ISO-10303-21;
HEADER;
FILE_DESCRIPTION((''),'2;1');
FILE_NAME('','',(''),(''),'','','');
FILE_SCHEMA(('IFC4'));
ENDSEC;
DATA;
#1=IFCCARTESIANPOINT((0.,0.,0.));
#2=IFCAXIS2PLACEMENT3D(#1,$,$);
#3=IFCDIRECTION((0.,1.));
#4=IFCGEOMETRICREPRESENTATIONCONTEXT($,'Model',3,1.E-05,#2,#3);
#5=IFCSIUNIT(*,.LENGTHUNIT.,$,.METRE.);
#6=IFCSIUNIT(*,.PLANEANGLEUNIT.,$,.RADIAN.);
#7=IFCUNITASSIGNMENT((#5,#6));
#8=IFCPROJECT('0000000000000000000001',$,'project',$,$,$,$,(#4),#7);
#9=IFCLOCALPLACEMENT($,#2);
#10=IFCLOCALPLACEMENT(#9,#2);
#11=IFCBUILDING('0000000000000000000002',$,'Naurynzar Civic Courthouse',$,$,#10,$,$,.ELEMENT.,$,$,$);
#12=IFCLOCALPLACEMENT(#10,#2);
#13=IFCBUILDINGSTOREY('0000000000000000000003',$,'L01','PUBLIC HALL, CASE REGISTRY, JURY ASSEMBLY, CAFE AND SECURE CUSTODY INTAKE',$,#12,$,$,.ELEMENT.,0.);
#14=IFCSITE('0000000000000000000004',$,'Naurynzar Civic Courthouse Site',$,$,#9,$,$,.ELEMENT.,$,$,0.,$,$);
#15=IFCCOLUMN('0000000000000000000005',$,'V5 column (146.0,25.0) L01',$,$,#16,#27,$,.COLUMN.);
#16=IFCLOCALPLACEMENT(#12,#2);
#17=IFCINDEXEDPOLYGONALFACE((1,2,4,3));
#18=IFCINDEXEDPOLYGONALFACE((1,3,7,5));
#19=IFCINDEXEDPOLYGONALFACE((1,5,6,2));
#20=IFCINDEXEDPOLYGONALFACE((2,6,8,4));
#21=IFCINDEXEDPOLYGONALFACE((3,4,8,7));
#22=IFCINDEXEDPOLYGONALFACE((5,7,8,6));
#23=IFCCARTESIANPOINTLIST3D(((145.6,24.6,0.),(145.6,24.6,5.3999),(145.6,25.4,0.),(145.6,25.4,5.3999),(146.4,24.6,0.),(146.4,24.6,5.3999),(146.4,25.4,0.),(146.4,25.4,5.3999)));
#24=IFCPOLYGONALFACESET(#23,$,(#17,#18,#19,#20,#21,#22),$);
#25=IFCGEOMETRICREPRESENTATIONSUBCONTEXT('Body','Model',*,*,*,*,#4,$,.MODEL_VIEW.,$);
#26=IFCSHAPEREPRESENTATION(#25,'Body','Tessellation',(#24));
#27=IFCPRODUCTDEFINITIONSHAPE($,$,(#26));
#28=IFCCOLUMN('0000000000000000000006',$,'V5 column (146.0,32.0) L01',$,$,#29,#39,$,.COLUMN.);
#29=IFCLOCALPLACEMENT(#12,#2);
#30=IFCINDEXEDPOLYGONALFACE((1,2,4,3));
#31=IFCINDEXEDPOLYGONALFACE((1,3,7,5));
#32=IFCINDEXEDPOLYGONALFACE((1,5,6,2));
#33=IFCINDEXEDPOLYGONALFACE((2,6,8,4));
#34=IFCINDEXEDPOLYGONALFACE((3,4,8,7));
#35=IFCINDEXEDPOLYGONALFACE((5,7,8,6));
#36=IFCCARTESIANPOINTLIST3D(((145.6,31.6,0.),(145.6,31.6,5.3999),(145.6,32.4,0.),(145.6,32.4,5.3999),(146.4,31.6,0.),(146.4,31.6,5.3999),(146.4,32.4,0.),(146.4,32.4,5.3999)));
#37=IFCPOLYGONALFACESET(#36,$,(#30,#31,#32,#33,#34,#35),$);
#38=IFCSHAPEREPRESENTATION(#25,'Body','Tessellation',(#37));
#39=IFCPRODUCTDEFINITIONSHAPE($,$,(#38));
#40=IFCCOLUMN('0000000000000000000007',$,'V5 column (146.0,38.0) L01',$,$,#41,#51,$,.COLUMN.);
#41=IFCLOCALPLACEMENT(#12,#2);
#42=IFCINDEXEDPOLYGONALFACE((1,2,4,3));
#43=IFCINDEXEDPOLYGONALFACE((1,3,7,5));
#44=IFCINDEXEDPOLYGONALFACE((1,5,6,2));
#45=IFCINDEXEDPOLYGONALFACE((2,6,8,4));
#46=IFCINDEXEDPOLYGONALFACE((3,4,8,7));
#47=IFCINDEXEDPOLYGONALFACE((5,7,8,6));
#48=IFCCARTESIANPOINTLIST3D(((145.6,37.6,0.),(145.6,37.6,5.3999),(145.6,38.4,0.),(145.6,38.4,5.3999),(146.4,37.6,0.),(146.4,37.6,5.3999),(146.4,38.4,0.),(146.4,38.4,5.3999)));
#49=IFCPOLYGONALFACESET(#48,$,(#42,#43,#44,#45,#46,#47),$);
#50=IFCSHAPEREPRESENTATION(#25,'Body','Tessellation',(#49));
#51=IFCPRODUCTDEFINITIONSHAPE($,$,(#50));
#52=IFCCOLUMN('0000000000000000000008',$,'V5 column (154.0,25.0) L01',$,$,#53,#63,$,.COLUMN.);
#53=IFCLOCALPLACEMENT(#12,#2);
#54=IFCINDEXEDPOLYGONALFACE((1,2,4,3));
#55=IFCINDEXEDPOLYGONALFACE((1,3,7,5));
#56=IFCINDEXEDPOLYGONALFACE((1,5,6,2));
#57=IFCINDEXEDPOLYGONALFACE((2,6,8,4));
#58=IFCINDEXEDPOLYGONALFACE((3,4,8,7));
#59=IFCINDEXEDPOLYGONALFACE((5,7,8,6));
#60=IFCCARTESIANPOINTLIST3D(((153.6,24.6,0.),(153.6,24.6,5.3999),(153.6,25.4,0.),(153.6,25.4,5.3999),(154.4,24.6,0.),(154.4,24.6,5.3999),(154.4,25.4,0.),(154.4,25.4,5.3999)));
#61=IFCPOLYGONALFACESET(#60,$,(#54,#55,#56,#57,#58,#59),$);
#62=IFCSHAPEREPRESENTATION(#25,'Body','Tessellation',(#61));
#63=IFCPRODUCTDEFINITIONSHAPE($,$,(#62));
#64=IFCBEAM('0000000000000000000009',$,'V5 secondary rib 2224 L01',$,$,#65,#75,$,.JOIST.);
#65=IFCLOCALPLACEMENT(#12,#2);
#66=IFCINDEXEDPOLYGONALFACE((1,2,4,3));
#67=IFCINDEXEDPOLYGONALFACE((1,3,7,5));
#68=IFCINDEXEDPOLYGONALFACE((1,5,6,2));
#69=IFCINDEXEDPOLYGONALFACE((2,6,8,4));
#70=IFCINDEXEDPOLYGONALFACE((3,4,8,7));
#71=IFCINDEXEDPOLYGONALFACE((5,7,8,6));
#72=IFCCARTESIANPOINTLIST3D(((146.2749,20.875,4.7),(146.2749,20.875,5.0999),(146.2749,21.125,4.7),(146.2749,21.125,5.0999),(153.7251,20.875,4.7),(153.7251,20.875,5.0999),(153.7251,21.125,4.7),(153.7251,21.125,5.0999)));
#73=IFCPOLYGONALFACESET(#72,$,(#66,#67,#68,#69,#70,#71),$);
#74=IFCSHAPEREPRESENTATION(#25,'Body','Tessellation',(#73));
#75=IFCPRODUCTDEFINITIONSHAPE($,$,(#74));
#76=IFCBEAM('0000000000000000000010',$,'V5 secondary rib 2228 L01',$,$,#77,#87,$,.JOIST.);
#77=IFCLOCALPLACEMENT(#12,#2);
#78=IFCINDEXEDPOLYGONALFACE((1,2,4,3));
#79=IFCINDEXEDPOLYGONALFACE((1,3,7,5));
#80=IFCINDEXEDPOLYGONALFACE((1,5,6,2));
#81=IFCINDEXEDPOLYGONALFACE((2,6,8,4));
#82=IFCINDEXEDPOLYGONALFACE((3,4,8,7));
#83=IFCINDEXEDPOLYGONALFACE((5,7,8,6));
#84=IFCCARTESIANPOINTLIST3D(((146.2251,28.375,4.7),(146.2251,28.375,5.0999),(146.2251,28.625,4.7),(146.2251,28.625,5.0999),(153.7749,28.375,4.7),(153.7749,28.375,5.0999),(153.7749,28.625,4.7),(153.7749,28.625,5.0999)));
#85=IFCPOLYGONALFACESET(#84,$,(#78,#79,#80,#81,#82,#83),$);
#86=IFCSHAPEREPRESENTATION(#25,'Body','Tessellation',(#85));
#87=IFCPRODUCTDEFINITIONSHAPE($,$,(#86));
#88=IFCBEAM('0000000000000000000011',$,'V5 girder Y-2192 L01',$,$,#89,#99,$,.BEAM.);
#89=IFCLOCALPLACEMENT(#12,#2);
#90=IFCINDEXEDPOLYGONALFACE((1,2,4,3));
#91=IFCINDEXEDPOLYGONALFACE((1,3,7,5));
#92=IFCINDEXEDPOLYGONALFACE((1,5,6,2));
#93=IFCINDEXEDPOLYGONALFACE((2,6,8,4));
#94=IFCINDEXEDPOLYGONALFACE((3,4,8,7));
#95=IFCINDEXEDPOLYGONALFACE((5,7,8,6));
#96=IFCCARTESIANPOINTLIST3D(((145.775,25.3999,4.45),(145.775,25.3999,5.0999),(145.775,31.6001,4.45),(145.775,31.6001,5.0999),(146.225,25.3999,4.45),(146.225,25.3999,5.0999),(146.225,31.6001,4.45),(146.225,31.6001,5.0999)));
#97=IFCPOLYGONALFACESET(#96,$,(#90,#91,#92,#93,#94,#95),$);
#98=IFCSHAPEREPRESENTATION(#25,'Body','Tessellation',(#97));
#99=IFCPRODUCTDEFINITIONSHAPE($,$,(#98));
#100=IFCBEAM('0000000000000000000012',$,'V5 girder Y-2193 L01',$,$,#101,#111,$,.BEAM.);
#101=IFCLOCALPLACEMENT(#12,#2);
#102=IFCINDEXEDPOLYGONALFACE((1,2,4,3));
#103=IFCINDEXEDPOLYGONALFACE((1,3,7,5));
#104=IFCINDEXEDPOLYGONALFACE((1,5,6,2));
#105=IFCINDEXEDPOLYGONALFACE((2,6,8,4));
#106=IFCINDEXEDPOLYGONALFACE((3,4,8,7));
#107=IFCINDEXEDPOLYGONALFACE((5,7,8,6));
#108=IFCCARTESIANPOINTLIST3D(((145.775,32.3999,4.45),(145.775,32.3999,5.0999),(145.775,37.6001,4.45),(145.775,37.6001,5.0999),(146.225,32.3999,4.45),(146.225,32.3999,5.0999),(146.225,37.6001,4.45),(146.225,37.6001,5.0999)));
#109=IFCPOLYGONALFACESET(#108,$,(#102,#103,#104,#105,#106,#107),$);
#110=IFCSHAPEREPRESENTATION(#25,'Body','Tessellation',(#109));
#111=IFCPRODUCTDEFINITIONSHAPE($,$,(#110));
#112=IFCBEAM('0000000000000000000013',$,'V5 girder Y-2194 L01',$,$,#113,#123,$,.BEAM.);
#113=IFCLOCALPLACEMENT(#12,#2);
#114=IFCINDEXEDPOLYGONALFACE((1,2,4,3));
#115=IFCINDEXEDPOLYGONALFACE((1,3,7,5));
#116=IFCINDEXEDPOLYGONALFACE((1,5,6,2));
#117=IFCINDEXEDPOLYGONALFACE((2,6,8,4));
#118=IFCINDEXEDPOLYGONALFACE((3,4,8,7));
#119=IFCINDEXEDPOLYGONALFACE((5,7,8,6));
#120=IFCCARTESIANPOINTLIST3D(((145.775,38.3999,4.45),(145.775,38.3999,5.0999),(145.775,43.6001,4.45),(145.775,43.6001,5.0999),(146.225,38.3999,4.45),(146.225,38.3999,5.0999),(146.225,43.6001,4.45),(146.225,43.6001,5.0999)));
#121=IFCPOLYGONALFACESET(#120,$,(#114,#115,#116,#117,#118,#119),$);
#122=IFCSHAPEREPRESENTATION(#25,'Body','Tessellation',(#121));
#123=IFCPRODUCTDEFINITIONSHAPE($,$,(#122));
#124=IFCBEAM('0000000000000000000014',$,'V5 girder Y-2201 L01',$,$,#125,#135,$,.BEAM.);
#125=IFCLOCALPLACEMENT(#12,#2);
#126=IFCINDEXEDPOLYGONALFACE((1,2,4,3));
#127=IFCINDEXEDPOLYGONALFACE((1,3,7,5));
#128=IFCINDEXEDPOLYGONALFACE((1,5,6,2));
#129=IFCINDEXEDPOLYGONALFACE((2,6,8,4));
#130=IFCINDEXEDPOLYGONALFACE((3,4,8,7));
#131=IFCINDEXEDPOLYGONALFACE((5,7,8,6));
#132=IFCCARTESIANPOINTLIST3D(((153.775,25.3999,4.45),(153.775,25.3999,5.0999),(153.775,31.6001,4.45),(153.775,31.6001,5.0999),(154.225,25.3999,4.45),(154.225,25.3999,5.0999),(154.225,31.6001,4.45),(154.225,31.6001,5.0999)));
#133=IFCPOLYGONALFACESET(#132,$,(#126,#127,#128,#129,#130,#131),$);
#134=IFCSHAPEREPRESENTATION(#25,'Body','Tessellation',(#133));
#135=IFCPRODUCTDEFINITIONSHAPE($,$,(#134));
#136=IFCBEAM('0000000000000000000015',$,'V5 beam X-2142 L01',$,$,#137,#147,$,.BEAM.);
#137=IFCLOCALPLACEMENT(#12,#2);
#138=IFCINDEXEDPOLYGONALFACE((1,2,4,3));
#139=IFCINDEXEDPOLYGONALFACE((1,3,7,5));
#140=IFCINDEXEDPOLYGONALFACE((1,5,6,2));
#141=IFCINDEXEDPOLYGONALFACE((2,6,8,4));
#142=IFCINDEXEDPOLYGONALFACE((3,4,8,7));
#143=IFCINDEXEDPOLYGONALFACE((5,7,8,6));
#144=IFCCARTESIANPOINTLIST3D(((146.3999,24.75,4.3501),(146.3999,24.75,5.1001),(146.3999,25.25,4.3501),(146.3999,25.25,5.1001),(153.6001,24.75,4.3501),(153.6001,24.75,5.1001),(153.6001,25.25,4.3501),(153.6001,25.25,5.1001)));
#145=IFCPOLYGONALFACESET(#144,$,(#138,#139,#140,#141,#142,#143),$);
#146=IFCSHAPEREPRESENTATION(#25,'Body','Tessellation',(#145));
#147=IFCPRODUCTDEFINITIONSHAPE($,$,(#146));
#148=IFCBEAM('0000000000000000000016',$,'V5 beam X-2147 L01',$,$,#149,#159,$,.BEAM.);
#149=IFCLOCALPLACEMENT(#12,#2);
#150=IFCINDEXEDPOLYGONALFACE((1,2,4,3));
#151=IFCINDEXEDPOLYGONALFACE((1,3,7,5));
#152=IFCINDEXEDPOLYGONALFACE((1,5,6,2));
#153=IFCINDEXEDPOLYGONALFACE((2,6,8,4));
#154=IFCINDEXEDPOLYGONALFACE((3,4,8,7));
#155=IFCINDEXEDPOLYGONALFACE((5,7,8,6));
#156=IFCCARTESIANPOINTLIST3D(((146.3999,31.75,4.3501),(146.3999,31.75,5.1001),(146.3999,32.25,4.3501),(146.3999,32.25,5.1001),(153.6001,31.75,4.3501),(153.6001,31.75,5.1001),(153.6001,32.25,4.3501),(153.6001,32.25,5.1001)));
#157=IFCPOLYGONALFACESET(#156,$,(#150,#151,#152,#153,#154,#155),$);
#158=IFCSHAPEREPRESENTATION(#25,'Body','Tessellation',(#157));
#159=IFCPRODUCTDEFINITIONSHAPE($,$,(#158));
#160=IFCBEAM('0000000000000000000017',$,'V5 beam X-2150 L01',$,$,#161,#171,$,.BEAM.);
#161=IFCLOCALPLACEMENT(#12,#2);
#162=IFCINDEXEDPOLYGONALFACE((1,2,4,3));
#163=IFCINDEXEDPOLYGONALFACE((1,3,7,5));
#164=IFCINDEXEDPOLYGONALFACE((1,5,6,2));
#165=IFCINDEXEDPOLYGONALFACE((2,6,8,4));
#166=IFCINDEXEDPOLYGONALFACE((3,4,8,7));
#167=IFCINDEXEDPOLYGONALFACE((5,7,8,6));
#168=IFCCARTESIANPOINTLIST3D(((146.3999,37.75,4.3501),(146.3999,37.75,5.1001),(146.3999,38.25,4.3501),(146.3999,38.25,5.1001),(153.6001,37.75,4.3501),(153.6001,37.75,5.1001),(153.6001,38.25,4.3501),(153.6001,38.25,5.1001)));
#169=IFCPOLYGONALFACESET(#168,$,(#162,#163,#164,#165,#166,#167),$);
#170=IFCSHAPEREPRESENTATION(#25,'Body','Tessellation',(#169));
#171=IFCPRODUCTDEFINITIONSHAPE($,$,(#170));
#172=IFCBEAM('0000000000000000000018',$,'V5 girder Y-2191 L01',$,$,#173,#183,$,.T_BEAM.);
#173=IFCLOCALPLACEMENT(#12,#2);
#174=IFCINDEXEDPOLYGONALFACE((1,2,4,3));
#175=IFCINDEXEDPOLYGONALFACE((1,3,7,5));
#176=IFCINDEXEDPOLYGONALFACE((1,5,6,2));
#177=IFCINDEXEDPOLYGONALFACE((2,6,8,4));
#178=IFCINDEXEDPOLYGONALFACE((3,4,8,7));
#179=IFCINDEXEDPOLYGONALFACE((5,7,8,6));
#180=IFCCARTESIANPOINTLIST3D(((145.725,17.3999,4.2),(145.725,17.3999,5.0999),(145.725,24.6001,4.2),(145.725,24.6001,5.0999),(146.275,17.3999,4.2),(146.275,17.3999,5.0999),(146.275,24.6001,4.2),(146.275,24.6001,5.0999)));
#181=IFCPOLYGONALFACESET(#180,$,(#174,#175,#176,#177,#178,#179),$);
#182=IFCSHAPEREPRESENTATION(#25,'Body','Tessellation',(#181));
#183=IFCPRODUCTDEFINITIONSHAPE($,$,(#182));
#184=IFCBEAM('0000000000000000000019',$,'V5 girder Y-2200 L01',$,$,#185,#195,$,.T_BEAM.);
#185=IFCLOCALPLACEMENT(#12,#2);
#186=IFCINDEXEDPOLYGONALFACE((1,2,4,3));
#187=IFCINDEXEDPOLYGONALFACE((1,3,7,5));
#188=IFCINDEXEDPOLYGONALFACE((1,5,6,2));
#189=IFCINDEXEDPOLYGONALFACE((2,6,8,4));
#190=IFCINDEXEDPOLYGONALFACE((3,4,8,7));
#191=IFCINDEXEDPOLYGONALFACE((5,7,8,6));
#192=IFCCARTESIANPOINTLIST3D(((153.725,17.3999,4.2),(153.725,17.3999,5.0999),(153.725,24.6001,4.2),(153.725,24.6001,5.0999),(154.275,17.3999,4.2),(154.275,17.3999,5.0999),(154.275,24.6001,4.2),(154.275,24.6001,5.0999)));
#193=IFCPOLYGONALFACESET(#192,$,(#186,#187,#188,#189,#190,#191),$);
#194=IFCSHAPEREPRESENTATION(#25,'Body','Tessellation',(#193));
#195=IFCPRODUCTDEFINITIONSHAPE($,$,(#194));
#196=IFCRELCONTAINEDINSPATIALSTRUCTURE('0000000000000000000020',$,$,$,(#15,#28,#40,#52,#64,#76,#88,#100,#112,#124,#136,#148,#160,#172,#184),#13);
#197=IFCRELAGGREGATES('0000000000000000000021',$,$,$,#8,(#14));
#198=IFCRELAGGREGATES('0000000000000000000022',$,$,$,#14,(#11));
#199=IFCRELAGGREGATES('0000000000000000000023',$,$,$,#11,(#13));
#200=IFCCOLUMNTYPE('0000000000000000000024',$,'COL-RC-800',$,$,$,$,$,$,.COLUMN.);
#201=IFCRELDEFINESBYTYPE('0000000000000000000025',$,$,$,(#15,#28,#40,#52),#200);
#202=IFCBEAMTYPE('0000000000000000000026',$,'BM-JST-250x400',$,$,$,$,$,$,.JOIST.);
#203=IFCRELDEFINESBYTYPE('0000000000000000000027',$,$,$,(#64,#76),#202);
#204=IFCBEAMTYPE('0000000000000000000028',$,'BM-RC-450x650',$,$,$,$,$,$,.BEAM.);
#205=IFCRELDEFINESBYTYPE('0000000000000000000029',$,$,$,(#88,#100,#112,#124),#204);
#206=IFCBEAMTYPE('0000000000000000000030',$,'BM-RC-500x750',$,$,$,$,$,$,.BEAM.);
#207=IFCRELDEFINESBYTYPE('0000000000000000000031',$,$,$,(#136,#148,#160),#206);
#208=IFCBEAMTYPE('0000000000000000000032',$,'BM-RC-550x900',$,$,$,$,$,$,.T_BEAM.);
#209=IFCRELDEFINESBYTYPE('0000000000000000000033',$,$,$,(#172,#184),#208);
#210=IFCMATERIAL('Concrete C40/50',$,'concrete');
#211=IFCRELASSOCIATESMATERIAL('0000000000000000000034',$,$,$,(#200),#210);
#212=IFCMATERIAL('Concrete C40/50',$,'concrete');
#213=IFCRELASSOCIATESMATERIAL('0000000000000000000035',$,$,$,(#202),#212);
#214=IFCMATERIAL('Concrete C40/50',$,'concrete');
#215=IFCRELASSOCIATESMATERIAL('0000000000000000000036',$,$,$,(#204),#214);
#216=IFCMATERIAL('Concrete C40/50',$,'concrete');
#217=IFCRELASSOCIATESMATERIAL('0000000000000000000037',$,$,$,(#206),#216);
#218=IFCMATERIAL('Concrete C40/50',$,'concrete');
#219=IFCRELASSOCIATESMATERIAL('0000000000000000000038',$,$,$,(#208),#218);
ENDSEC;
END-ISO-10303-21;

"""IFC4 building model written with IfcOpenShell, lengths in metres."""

from ifc_helpers import new_model, si_unit, direction, frame, origin, origin_2d, place, context, subcontext, project, spatial, rectangle, extrude, material, material_profile, profile_set, type_object, element, save


model = new_model("IFC4")

# Units and contexts
model_context = context("Model", 3, precision=1e-05, world=origin(), true_north=direction((0.0, 1.0)))
body_context = subcontext(model_context, "Body", "Model", "MODEL_VIEW")
ifc_project = project(units=[si_unit("LENGTHUNIT", "METRE"), si_unit("PLANEANGLEUNIT", "RADIAN")], contexts=[model_context])

# Site, building, storey
site_placement = place(None, origin())
site = spatial("IfcSite", under=ifc_project, at=site_placement, Name="Naurynzar Civic Courthouse Site", CompositionType="ELEMENT", RefElevation=0.0)
building_placement = place(site_placement, origin())
building = spatial("IfcBuilding", under=site, at=building_placement, Name="Naurynzar Civic Courthouse", CompositionType="ELEMENT")
storey_placement = place(building_placement, origin())
storey = spatial("IfcBuildingStorey", under=building, at=storey_placement, Name="L01", Description="PUBLIC HALL, CASE REGISTRY, JURY ASSEMBLY, CAFE AND SECURE CUSTODY INTAKE", CompositionType="ELEMENT", Elevation=0.0)

# Columns
ifc_material_1 = material(Name="Concrete C40/50", Category="concrete")
ifc_material_profile_1 = material_profile(ifc_material_1, rectangle(XDim=0.8, YDim=0.8, at=origin_2d()), Name="RC 800x800")
ifc_profile_set_1 = profile_set([ifc_material_profile_1], Name="Concrete C40/50")
column_type = type_object("IfcColumnType", Name="COL-RC-800", PredefinedType="COLUMN", material=ifc_profile_set_1)
for number, where, z_axis, x_axis, name in (
    (1, (146.0, 25.0, 0.0), (0.0, 0.0, 1.0), (1.0, 0.0, 0.0), "V5 column (146.0,25.0) L01"),
    (2, (146.0, 32.0, 0.0), (0.0, 0.0, 1.0), (1.0, 0.0, 0.0), "V5 column (146.0,32.0) L01"),
    (3, (146.0, 38.0, 0.0), (0.0, 0.0, 1.0), (1.0, 0.0, 0.0), "V5 column (146.0,38.0) L01"),
    (4, (154.0, 25.0, 0.0), (0.0, 0.0, 1.0), (1.0, 0.0, 0.0), "V5 column (154.0,25.0) L01"),
):
    element("IfcColumn", number, at=place(storey_placement, frame(where, z_axis=z_axis, x_axis=x_axis)), inside=storey, type_object=column_type, Name=name, PredefinedType="COLUMN", context=body_context, shape_type="SweptSolid", body=[
        extrude(rectangle(XDim=0.8, YDim=0.8, at=origin_2d()), origin(), (0.0, 0.0, 1.0), 5.3999),
    ])

# Beams
ifc_material_2 = material(Name="Concrete C40/50", Category="concrete")
ifc_material_profile_2 = material_profile(ifc_material_2, rectangle(XDim=0.25, YDim=0.3999, at=origin_2d()), Name="RCB 250x400")
ifc_profile_set_2 = profile_set([ifc_material_profile_2], Name="Concrete C40/50")
beam_type_1 = type_object("IfcBeamType", Name="BM-JST-250x400", PredefinedType="JOIST", material=ifc_profile_set_2)
beam_1_placement = place(storey_placement, frame((146.2749, 21.0, 4.8999), z_axis=(1.0, 0.0, 0.0), x_axis=(0.0, 1.0, 0.0)))
element("IfcBeam", 5, at=beam_1_placement, inside=storey, type_object=beam_type_1, Name="V5 secondary rib 2224 L01", PredefinedType="JOIST", context=body_context, shape_type="SweptSolid", body=[
    extrude(rectangle(XDim=0.25, YDim=0.3999, at=origin_2d()), origin(), (0.0, 0.0, 1.0), 7.4502),
])
beam_2_placement = place(storey_placement, frame((146.2251, 28.5, 4.8999), z_axis=(1.0, 0.0, 0.0), x_axis=(0.0, 1.0, 0.0)))
element("IfcBeam", 6, at=beam_2_placement, inside=storey, type_object=beam_type_1, Name="V5 secondary rib 2228 L01", PredefinedType="JOIST", context=body_context, shape_type="SweptSolid", body=[
    extrude(rectangle(XDim=0.25, YDim=0.3999, at=origin_2d()), origin(), (0.0, 0.0, 1.0), 7.5498),
])
ifc_material_3 = material(Name="Concrete C40/50", Category="concrete")
ifc_material_profile_3 = material_profile(ifc_material_3, rectangle(XDim=0.45, YDim=0.6499, at=origin_2d()), Name="RCB 450x650")
ifc_profile_set_3 = profile_set([ifc_material_profile_3], Name="Concrete C40/50")
beam_type_2 = type_object("IfcBeamType", Name="BM-RC-450x650", PredefinedType="BEAM", material=ifc_profile_set_3)
beam_3_placement = place(storey_placement, frame((146.0, 25.3999, 4.7749), z_axis=(0.0, 1.0, 0.0), x_axis=(-1.0, 0.0, 0.0)))
element("IfcBeam", 7, at=beam_3_placement, inside=storey, type_object=beam_type_2, Name="V5 girder Y-2192 L01", PredefinedType="BEAM", context=body_context, shape_type="SweptSolid", body=[
    extrude(rectangle(XDim=0.45, YDim=0.6499, at=origin_2d()), origin(), (0.0, 0.0, 1.0), 6.2002),
])
for number, where, z_axis, x_axis, name in (
    (8, (146.0, 32.3999, 4.7749), (0.0, 1.0, 0.0), (-1.0, 0.0, 0.0), "V5 girder Y-2193 L01"),
    (9, (146.0, 38.3999, 4.7749), (0.0, 1.0, 0.0), (-1.0, 0.0, 0.0), "V5 girder Y-2194 L01"),
):
    element("IfcBeam", number, at=place(storey_placement, frame(where, z_axis=z_axis, x_axis=x_axis)), inside=storey, type_object=beam_type_2, Name=name, PredefinedType="BEAM", context=body_context, shape_type="SweptSolid", body=[
        extrude(rectangle(XDim=0.45, YDim=0.6499, at=origin_2d()), origin(), (0.0, 0.0, 1.0), 5.2002),
    ])
beam_4_placement = place(storey_placement, frame((154.0, 25.3999, 4.7749), z_axis=(0.0, 1.0, 0.0), x_axis=(-1.0, 0.0, 0.0)))
element("IfcBeam", 10, at=beam_4_placement, inside=storey, type_object=beam_type_2, Name="V5 girder Y-2201 L01", PredefinedType="BEAM", context=body_context, shape_type="SweptSolid", body=[
    extrude(rectangle(XDim=0.45, YDim=0.6499, at=origin_2d()), origin(), (0.0, 0.0, 1.0), 6.2002),
])
ifc_material_4 = material(Name="Concrete C40/50", Category="concrete")
ifc_material_profile_4 = material_profile(ifc_material_4, rectangle(XDim=0.5, YDim=0.75, at=origin_2d()), Name="RCB 500x750")
ifc_profile_set_4 = profile_set([ifc_material_profile_4], Name="Concrete C40/50")
beam_type_3 = type_object("IfcBeamType", Name="BM-RC-500x750", PredefinedType="BEAM", material=ifc_profile_set_4)
for number, where, z_axis, x_axis, name in (
    (11, (146.3999, 25.0, 4.7251), (1.0, 0.0, 0.0), (0.0, 1.0, 0.0), "V5 beam X-2142 L01"),
    (12, (146.3999, 32.0, 4.7251), (1.0, 0.0, 0.0), (0.0, 1.0, 0.0), "V5 beam X-2147 L01"),
    (13, (146.3999, 38.0, 4.7251), (1.0, 0.0, 0.0), (0.0, 1.0, 0.0), "V5 beam X-2150 L01"),
):
    element("IfcBeam", number, at=place(storey_placement, frame(where, z_axis=z_axis, x_axis=x_axis)), inside=storey, type_object=beam_type_3, Name=name, PredefinedType="BEAM", context=body_context, shape_type="SweptSolid", body=[
        extrude(rectangle(XDim=0.5, YDim=0.75, at=origin_2d()), origin(), (0.0, 0.0, 1.0), 7.2002),
    ])
ifc_material_5 = material(Name="Concrete C40/50", Category="concrete")
ifc_material_profile_5 = material_profile(ifc_material_5, rectangle(XDim=0.55, YDim=0.8999, at=origin_2d()), Name="RCB 550x900")
ifc_profile_set_5 = profile_set([ifc_material_profile_5], Name="Concrete C40/50")
beam_type_4 = type_object("IfcBeamType", Name="BM-RC-550x900", PredefinedType="T_BEAM", material=ifc_profile_set_5)
for number, where, z_axis, x_axis, name in (
    (14, (146.0, 17.3999, 4.6499), (0.0, 1.0, 0.0), (-1.0, 0.0, 0.0), "V5 girder Y-2191 L01"),
    (15, (154.0, 17.3999, 4.6499), (0.0, 1.0, 0.0), (-1.0, 0.0, 0.0), "V5 girder Y-2200 L01"),
):
    element("IfcBeam", number, at=place(storey_placement, frame(where, z_axis=z_axis, x_axis=x_axis)), inside=storey, type_object=beam_type_4, Name=name, PredefinedType="T_BEAM", context=body_context, shape_type="SweptSolid", body=[
        extrude(rectangle(XDim=0.55, YDim=0.8999, at=origin_2d()), origin(), (0.0, 0.0, 1.0), 7.2002),
    ])

save(model, "model.ifc")
